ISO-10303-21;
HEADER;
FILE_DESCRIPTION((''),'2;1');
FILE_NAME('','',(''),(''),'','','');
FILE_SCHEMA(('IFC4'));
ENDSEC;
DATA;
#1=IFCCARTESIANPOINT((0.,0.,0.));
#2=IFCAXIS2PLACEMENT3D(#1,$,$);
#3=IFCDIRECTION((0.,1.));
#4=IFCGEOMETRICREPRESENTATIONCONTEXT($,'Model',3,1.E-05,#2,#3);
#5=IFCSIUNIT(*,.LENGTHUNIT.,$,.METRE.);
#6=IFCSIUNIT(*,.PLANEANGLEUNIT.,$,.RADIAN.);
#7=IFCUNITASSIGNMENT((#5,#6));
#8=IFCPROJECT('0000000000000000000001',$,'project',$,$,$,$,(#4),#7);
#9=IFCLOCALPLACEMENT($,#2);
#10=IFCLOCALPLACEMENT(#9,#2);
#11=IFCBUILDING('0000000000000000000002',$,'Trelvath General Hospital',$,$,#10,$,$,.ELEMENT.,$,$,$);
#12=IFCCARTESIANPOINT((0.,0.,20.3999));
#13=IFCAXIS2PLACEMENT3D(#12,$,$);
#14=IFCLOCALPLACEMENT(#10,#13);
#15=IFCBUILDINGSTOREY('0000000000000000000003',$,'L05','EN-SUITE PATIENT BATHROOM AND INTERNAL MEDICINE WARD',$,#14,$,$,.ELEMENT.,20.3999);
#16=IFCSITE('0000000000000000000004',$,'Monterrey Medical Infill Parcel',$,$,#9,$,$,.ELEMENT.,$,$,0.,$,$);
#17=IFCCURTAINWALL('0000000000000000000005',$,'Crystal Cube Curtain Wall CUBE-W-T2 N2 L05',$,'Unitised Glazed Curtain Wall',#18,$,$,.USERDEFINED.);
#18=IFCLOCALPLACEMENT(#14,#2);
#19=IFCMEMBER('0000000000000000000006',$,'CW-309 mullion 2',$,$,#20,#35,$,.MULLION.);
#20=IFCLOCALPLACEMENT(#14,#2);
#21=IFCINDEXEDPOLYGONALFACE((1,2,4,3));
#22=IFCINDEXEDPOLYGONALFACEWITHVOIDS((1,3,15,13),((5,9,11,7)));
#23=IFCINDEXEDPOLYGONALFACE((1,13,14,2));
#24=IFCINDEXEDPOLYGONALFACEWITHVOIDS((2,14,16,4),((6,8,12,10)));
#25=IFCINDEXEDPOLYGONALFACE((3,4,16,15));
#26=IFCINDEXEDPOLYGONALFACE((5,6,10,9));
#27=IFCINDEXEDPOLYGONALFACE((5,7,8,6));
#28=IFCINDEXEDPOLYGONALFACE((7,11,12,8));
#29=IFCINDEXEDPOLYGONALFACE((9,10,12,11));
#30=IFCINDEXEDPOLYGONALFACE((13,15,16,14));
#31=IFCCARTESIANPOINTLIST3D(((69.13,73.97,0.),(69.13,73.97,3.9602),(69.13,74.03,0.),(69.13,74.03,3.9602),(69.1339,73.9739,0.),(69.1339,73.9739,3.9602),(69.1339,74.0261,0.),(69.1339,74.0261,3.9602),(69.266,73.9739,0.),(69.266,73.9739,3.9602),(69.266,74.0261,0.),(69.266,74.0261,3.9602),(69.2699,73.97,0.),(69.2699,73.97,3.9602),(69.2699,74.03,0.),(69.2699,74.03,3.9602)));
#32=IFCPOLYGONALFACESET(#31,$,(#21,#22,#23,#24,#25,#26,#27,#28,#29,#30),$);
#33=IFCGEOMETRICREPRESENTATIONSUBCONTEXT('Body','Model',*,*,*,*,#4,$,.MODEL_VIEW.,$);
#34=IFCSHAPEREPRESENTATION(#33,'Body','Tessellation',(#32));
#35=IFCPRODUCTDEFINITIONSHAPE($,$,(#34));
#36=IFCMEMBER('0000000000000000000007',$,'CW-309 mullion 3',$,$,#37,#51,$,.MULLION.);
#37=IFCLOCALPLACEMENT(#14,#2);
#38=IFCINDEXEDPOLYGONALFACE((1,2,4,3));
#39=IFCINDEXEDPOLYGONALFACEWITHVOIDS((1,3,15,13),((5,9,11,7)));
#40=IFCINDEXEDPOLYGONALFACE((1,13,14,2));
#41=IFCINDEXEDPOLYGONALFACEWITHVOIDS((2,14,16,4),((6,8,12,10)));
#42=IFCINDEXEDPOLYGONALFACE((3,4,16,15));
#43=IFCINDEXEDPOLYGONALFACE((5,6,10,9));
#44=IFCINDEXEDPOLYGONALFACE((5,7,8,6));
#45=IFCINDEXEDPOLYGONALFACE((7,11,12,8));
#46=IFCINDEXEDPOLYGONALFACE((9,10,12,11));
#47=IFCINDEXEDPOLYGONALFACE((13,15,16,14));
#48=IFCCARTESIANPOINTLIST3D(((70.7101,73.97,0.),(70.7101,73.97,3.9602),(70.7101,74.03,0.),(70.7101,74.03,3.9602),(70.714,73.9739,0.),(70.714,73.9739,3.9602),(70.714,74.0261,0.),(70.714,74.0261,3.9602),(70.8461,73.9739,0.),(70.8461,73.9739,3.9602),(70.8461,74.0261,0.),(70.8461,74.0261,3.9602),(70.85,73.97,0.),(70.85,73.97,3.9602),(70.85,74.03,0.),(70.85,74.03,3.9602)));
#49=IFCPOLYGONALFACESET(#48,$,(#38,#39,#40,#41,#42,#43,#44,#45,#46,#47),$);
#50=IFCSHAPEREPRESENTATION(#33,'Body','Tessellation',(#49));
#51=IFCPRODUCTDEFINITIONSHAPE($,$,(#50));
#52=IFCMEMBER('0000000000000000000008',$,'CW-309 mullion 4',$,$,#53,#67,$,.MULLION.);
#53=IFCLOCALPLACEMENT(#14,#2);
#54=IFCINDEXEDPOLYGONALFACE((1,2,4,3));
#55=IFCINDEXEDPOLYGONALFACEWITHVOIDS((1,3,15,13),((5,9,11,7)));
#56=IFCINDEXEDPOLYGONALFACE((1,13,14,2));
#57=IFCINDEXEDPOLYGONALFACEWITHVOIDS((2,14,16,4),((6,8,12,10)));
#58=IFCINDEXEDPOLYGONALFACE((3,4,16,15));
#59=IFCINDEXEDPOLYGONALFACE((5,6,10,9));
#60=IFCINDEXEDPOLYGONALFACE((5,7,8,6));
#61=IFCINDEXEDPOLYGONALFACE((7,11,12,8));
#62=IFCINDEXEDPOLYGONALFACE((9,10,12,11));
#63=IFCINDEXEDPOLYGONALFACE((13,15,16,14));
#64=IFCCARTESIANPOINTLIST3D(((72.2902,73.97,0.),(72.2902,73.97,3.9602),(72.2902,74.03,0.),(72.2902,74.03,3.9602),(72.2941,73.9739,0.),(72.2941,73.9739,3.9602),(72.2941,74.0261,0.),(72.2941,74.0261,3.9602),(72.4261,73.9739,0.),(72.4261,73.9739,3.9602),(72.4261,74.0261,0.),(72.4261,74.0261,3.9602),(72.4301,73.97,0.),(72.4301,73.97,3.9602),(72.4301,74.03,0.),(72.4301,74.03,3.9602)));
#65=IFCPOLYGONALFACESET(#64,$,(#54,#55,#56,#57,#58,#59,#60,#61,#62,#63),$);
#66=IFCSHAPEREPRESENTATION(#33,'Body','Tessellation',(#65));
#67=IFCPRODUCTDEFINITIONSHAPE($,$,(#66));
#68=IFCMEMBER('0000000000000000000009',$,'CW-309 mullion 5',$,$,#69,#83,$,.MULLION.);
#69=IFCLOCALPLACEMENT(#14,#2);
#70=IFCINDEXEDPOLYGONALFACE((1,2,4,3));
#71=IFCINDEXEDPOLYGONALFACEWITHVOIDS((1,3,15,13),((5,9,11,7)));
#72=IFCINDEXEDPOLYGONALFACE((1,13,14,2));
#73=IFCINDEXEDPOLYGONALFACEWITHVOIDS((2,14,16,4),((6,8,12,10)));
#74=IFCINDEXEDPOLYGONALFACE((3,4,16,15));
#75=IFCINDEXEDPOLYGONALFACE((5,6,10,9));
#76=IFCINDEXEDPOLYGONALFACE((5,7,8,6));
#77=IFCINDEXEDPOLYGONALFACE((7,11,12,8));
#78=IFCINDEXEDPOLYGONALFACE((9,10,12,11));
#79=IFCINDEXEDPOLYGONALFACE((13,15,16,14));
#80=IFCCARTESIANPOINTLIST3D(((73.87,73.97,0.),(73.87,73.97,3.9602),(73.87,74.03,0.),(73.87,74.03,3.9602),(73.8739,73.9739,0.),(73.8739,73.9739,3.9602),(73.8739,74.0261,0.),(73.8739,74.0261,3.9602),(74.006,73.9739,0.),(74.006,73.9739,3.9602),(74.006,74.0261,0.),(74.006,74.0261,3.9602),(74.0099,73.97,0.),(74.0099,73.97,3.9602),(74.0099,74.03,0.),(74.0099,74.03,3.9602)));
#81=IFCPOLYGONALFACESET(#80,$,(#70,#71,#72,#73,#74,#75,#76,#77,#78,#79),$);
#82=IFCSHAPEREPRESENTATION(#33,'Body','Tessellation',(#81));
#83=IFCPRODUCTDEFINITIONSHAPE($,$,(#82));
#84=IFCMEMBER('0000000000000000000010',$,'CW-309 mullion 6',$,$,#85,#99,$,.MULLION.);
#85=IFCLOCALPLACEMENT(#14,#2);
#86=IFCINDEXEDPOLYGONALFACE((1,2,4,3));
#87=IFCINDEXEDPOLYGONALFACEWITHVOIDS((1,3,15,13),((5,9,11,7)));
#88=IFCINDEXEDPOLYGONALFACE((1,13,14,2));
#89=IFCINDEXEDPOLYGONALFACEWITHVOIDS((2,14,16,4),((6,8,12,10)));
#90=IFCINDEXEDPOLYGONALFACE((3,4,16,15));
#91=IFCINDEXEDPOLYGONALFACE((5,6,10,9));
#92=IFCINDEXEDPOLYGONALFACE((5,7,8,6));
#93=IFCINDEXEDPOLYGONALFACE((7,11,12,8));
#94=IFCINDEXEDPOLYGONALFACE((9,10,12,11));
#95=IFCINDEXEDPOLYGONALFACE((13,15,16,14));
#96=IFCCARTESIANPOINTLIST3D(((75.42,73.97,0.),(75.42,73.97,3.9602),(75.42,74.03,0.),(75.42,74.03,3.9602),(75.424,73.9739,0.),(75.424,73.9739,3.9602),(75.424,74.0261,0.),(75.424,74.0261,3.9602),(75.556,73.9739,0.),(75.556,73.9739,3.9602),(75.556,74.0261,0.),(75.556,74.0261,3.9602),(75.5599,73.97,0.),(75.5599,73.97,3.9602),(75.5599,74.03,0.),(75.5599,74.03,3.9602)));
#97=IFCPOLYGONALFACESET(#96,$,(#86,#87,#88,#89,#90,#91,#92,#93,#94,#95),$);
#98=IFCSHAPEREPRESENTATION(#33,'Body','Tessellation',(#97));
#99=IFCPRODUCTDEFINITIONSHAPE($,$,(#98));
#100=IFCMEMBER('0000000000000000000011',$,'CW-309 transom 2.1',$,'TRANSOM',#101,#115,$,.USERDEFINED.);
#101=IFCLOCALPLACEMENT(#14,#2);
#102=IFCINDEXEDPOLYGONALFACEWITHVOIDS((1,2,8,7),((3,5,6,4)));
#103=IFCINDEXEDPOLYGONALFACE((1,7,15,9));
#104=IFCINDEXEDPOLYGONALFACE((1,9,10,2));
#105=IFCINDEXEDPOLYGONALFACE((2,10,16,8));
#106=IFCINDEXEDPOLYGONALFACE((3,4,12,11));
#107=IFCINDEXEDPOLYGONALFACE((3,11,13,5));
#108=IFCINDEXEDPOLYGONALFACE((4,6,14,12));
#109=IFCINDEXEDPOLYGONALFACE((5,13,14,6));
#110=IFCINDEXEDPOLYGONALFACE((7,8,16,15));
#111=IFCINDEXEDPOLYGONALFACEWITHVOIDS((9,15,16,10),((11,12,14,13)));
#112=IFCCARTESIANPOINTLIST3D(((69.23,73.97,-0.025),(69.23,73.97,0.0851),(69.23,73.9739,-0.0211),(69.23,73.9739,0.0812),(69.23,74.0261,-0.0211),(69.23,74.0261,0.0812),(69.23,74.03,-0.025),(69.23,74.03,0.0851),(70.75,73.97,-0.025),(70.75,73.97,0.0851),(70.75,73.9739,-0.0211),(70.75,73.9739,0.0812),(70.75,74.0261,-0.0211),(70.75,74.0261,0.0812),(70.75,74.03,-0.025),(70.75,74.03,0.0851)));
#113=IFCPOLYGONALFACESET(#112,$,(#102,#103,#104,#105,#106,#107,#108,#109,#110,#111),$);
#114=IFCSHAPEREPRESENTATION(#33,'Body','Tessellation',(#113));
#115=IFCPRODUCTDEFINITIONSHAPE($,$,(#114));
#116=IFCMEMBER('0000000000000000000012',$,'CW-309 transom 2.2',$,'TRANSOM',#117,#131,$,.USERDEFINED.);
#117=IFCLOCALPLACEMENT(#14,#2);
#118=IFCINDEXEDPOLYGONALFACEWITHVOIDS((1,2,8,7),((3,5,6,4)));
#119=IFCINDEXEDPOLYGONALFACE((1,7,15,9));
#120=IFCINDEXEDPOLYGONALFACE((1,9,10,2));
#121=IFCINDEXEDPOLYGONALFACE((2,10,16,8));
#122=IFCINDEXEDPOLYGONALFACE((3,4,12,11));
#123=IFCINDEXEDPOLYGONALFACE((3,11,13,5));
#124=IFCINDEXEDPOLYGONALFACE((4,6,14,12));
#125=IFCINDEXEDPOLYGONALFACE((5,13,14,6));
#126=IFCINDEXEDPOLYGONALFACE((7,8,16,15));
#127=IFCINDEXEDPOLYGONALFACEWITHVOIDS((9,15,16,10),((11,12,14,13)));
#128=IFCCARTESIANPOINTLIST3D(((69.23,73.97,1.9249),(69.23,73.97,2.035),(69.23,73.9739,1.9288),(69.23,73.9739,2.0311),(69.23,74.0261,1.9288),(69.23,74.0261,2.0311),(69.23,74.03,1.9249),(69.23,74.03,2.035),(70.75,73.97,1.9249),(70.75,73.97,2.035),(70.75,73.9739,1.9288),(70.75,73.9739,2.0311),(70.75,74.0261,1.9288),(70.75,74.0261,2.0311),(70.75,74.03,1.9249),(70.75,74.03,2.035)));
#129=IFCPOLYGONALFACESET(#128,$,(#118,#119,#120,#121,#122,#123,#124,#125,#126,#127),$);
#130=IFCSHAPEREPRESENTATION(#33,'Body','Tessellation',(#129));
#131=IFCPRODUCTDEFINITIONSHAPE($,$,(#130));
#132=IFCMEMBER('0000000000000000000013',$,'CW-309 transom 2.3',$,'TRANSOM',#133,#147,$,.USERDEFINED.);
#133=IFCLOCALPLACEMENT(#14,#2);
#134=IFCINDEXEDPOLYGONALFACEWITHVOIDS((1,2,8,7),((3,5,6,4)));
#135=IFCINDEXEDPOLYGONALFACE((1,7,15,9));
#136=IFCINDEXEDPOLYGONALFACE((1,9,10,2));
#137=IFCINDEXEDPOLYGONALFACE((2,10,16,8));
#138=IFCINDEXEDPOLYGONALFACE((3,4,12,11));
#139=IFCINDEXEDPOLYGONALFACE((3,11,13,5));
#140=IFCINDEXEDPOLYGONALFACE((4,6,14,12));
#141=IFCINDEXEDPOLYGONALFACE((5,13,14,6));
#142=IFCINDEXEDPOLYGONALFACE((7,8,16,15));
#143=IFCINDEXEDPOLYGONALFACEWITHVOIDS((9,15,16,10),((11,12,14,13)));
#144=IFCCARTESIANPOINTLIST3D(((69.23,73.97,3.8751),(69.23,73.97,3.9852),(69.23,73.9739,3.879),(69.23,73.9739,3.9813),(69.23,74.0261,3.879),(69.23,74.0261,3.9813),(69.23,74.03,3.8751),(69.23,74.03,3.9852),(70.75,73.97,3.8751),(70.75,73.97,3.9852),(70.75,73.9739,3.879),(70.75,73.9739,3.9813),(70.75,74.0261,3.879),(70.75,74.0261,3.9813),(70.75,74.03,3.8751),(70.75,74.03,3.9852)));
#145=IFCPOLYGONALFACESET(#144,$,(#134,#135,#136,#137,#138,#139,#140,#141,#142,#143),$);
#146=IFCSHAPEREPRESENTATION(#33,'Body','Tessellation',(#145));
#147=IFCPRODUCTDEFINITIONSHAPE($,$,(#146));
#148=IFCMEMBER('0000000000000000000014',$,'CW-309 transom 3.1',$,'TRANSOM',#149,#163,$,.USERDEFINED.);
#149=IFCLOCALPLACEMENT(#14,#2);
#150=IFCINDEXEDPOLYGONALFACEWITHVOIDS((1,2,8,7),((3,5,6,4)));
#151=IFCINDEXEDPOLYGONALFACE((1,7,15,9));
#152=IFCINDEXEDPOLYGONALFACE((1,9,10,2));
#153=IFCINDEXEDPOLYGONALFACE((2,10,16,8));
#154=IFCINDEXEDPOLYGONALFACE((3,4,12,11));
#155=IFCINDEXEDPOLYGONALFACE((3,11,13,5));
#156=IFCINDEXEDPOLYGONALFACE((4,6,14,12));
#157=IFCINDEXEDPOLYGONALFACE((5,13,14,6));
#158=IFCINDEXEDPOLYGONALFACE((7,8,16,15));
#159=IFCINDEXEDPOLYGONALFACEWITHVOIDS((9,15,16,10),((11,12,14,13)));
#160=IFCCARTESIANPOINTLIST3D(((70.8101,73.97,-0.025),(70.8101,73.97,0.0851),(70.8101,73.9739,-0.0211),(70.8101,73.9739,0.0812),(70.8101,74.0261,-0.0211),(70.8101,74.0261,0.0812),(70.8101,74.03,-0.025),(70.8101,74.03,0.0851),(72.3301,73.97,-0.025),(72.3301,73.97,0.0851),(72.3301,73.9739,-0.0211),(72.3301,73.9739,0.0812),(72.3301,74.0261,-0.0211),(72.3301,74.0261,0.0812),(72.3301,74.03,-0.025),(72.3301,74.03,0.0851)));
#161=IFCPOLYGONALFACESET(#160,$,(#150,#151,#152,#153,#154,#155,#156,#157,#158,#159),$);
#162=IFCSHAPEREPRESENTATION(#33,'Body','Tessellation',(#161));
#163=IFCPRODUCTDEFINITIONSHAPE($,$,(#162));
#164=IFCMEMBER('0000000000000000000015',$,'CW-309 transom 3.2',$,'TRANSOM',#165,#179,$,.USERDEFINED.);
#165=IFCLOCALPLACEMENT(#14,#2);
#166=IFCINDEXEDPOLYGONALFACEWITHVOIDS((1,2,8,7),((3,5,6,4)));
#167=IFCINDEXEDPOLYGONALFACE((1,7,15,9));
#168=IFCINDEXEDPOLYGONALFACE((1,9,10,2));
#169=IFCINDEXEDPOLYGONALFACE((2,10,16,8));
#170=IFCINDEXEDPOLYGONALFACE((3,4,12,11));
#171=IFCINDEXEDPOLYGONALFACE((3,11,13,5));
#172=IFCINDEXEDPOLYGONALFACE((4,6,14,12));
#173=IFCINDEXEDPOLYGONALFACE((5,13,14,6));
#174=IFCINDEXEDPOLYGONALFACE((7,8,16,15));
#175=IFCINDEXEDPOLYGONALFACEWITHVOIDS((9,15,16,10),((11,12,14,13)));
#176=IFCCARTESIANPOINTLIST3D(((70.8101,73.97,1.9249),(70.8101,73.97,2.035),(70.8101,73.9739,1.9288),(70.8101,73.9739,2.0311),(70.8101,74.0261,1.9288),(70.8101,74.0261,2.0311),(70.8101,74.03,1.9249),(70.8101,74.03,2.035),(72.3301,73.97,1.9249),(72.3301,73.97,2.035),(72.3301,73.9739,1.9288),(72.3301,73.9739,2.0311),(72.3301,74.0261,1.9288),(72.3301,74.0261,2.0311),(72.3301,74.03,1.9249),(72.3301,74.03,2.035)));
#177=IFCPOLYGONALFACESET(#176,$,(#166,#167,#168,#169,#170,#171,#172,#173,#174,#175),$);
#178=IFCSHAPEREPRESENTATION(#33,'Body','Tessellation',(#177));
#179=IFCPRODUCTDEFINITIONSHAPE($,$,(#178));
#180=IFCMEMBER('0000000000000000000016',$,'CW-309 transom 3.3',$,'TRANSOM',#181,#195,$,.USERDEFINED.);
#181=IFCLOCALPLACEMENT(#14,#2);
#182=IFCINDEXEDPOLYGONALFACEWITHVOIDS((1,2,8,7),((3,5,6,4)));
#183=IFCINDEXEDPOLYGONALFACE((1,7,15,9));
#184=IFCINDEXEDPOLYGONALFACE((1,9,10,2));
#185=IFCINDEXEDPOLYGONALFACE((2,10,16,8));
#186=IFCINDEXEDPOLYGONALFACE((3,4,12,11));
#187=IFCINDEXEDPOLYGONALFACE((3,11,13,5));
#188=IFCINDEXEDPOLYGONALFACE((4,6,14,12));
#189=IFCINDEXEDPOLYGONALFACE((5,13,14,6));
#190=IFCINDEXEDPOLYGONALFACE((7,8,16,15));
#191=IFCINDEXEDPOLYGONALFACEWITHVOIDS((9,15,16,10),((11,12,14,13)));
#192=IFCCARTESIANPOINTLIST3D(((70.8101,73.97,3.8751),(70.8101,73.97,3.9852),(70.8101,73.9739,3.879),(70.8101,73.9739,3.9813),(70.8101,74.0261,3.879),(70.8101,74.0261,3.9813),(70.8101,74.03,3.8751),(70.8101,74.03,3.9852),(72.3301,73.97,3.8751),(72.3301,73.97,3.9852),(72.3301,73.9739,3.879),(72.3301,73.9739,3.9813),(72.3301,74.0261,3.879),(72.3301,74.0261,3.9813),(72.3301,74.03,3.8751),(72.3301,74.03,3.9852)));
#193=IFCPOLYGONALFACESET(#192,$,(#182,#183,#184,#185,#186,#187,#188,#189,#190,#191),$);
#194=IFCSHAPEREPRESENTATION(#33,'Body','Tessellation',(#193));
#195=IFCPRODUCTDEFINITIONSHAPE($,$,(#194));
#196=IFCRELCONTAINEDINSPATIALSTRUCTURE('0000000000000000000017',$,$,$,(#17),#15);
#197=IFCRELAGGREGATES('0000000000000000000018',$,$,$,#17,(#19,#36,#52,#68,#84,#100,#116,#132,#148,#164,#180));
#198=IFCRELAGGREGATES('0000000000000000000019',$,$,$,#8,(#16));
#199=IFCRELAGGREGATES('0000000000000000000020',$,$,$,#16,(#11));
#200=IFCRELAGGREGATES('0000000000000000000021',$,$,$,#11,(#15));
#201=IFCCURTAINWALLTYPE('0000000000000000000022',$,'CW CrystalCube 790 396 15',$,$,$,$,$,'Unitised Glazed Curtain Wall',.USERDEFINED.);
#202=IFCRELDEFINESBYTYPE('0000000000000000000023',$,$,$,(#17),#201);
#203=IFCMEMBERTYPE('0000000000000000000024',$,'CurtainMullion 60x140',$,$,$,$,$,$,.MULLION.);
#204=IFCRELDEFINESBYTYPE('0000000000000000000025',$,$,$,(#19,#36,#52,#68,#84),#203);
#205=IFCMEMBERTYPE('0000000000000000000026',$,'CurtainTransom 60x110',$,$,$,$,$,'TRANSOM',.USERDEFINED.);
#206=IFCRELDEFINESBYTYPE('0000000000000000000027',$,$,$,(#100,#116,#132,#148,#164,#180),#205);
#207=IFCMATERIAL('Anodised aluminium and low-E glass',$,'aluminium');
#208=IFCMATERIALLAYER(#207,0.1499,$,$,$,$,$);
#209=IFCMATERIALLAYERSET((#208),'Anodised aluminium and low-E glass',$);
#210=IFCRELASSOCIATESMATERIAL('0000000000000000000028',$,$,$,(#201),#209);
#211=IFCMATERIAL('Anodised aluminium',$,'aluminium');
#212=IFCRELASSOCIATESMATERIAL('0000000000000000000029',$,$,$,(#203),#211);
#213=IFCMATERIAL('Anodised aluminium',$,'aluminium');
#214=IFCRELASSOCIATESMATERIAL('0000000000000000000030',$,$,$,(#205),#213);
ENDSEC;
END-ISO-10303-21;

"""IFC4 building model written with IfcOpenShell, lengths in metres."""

from ifc_helpers import new_model, si_unit, direction, frame, origin, origin_2d, place, context, subcontext, project, spatial, hollow_rectangle, extrude, material, layer, layer_set, material_profile, profile_set, type_object, element, aggregate, save


model = new_model("IFC4")

# Units and contexts
model_context = context("Model", 3, precision=1e-05, world=origin(), true_north=direction((0.0, 1.0)))
body_context = subcontext(model_context, "Body", "Model", "MODEL_VIEW")
ifc_project = project(units=[si_unit("LENGTHUNIT", "METRE"), si_unit("PLANEANGLEUNIT", "RADIAN")], contexts=[model_context])

# Site, building, storey
site_placement = place(None, origin())
site = spatial("IfcSite", under=ifc_project, at=site_placement, Name="Monterrey Medical Infill Parcel", CompositionType="ELEMENT", RefElevation=0.0)
building_placement = place(site_placement, origin())
building = spatial("IfcBuilding", under=site, at=building_placement, Name="Trelvath General Hospital", CompositionType="ELEMENT")
storey_placement = place(building_placement, frame((0.0, 0.0, 20.3999)))
storey = spatial("IfcBuildingStorey", under=building, at=storey_placement, Name="L05", Description="EN-SUITE PATIENT BATHROOM AND INTERNAL MEDICINE WARD", CompositionType="ELEMENT", Elevation=20.3999)

# Curtain wall, members
ifc_material_1 = material(Name="Anodised aluminium and low-E glass", Category="aluminium")
ifc_layer_1 = layer(ifc_material_1, 0.1499)
ifc_layer_set_1 = layer_set([ifc_layer_1], Name="Anodised aluminium and low-E glass")
curtain_wall_type = type_object("IfcCurtainWallType", Name="CW CrystalCube 790 396 15", ElementType="Unitised Glazed Curtain Wall", PredefinedType="USERDEFINED", material=ifc_layer_set_1)
curtain_wall_placement = place(storey_placement, origin())
curtain_wall = element("IfcCurtainWall", 1, at=curtain_wall_placement, inside=storey, type_object=curtain_wall_type, Name="Crystal Cube Curtain Wall CUBE-W-T2 N2 L05", ObjectType="Unitised Glazed Curtain Wall", PredefinedType="USERDEFINED")
ifc_material_2 = material(Name="Anodised aluminium", Category="aluminium")
ifc_material_profile_1 = material_profile(ifc_material_2, hollow_rectangle(XDim=0.0601, YDim=0.1399, WallThickness=0.0039, at=origin_2d()), Name="RHS60x140x4")
ifc_profile_set_1 = profile_set([ifc_material_profile_1], Name="Anodised aluminium")
member_type_1 = type_object("IfcMemberType", Name="CurtainMullion 60x140", PredefinedType="MULLION", material=ifc_profile_set_1)
member_1_placement = place(storey_placement, frame((69.2, 74.0, 0.0), z_axis=(0.0, 0.0, 1.0), x_axis=(0.0, 1.0, 0.0)))
member_1 = element("IfcMember", 2, at=member_1_placement, type_object=member_type_1, Name="CW-309 mullion 2", PredefinedType="MULLION", context=body_context, shape_type="SweptSolid", body=[
    extrude(hollow_rectangle(XDim=0.0601, YDim=0.1399, WallThickness=0.0039, at=origin_2d()), origin(), (0.0, 0.0, 1.0), 3.9602),
])
member_2_placement = place(storey_placement, frame((70.78, 74.0, 0.0), z_axis=(0.0, 0.0, 1.0), x_axis=(0.0, 1.0, 0.0)))
member_2 = element("IfcMember", 3, at=member_2_placement, type_object=member_type_1, Name="CW-309 mullion 3", PredefinedType="MULLION", context=body_context, shape_type="SweptSolid", body=[
    extrude(hollow_rectangle(XDim=0.0601, YDim=0.1399, WallThickness=0.0039, at=origin_2d()), origin(), (0.0, 0.0, 1.0), 3.9602),
])
member_3_placement = place(storey_placement, frame((72.3601, 74.0, 0.0), z_axis=(0.0, 0.0, 1.0), x_axis=(0.0, 1.0, 0.0)))
member_3 = element("IfcMember", 4, at=member_3_placement, type_object=member_type_1, Name="CW-309 mullion 4", PredefinedType="MULLION", context=body_context, shape_type="SweptSolid", body=[
    extrude(hollow_rectangle(XDim=0.0601, YDim=0.1399, WallThickness=0.0039, at=origin_2d()), origin(), (0.0, 0.0, 1.0), 3.9602),
])
member_4_placement = place(storey_placement, frame((73.9399, 74.0, 0.0), z_axis=(0.0, 0.0, 1.0), x_axis=(0.0, 1.0, 0.0)))
member_4 = element("IfcMember", 5, at=member_4_placement, type_object=member_type_1, Name="CW-309 mullion 5", PredefinedType="MULLION", context=body_context, shape_type="SweptSolid", body=[
    extrude(hollow_rectangle(XDim=0.0601, YDim=0.1399, WallThickness=0.0039, at=origin_2d()), origin(), (0.0, 0.0, 1.0), 3.9602),
])
member_5_placement = place(storey_placement, frame((75.49, 74.0, 0.0), z_axis=(0.0, 0.0, 1.0), x_axis=(0.0, 1.0, 0.0)))
member_5 = element("IfcMember", 6, at=member_5_placement, type_object=member_type_1, Name="CW-309 mullion 6", PredefinedType="MULLION", context=body_context, shape_type="SweptSolid", body=[
    extrude(hollow_rectangle(XDim=0.0601, YDim=0.1399, WallThickness=0.0039, at=origin_2d()), origin(), (0.0, 0.0, 1.0), 3.9602),
])
ifc_material_3 = material(Name="Anodised aluminium", Category="aluminium")
ifc_material_profile_2 = material_profile(ifc_material_3, hollow_rectangle(XDim=0.0601, YDim=0.1101, WallThickness=0.0039, at=origin_2d()), Name="RHS60x110x4")
ifc_profile_set_2 = profile_set([ifc_material_profile_2], Name="Anodised aluminium")
member_type_2 = type_object("IfcMemberType", Name="CurtainTransom 60x110", ElementType="TRANSOM", PredefinedType="USERDEFINED", material=ifc_profile_set_2)
member_6_placement = place(storey_placement, frame((69.23, 74.0, 0.03), z_axis=(1.0, 0.0, 0.0), x_axis=(0.0, 1.0, 0.0)))
member_6 = element("IfcMember", 7, at=member_6_placement, type_object=member_type_2, Name="CW-309 transom 2.1", ObjectType="TRANSOM", PredefinedType="USERDEFINED", context=body_context, shape_type="SweptSolid", body=[
    extrude(hollow_rectangle(XDim=0.0601, YDim=0.1101, WallThickness=0.0039, at=origin_2d()), origin(), (0.0, 0.0, 1.0), 1.52),
])
member_7_placement = place(storey_placement, frame((69.23, 74.0, 1.98), z_axis=(1.0, 0.0, 0.0), x_axis=(0.0, 1.0, 0.0)))
member_7 = element("IfcMember", 8, at=member_7_placement, type_object=member_type_2, Name="CW-309 transom 2.2", ObjectType="TRANSOM", PredefinedType="USERDEFINED", context=body_context, shape_type="SweptSolid", body=[
    extrude(hollow_rectangle(XDim=0.0601, YDim=0.1101, WallThickness=0.0039, at=origin_2d()), origin(), (0.0, 0.0, 1.0), 1.52),
])
member_8_placement = place(storey_placement, frame((69.23, 74.0, 3.9302), z_axis=(1.0, 0.0, 0.0), x_axis=(0.0, 1.0, 0.0)))
member_8 = element("IfcMember", 9, at=member_8_placement, type_object=member_type_2, Name="CW-309 transom 2.3", ObjectType="TRANSOM", PredefinedType="USERDEFINED", context=body_context, shape_type="SweptSolid", body=[
    extrude(hollow_rectangle(XDim=0.0601, YDim=0.1101, WallThickness=0.0039, at=origin_2d()), origin(), (0.0, 0.0, 1.0), 1.52),
])
member_9_placement = place(storey_placement, frame((70.8101, 74.0, 0.03), z_axis=(1.0, 0.0, 0.0), x_axis=(0.0, 1.0, 0.0)))
member_9 = element("IfcMember", 10, at=member_9_placement, type_object=member_type_2, Name="CW-309 transom 3.1", ObjectType="TRANSOM", PredefinedType="USERDEFINED", context=body_context, shape_type="SweptSolid", body=[
    extrude(hollow_rectangle(XDim=0.0601, YDim=0.1101, WallThickness=0.0039, at=origin_2d()), origin(), (0.0, 0.0, 1.0), 1.52),
])
member_10_placement = place(storey_placement, frame((70.8101, 74.0, 1.98), z_axis=(1.0, 0.0, 0.0), x_axis=(0.0, 1.0, 0.0)))
member_10 = element("IfcMember", 11, at=member_10_placement, type_object=member_type_2, Name="CW-309 transom 3.2", ObjectType="TRANSOM", PredefinedType="USERDEFINED", context=body_context, shape_type="SweptSolid", body=[
    extrude(hollow_rectangle(XDim=0.0601, YDim=0.1101, WallThickness=0.0039, at=origin_2d()), origin(), (0.0, 0.0, 1.0), 1.52),
])
member_11_placement = place(storey_placement, frame((70.8101, 74.0, 3.9302), z_axis=(1.0, 0.0, 0.0), x_axis=(0.0, 1.0, 0.0)))
member_11 = element("IfcMember", 12, at=member_11_placement, type_object=member_type_2, Name="CW-309 transom 3.3", ObjectType="TRANSOM", PredefinedType="USERDEFINED", context=body_context, shape_type="SweptSolid", body=[
    extrude(hollow_rectangle(XDim=0.0601, YDim=0.1101, WallThickness=0.0039, at=origin_2d()), origin(), (0.0, 0.0, 1.0), 1.52),
])
aggregate(curtain_wall, [member_1, member_2, member_3, member_4, member_5, member_6, member_7, member_8, member_9, member_10, member_11])

save(model, "model.ifc")
